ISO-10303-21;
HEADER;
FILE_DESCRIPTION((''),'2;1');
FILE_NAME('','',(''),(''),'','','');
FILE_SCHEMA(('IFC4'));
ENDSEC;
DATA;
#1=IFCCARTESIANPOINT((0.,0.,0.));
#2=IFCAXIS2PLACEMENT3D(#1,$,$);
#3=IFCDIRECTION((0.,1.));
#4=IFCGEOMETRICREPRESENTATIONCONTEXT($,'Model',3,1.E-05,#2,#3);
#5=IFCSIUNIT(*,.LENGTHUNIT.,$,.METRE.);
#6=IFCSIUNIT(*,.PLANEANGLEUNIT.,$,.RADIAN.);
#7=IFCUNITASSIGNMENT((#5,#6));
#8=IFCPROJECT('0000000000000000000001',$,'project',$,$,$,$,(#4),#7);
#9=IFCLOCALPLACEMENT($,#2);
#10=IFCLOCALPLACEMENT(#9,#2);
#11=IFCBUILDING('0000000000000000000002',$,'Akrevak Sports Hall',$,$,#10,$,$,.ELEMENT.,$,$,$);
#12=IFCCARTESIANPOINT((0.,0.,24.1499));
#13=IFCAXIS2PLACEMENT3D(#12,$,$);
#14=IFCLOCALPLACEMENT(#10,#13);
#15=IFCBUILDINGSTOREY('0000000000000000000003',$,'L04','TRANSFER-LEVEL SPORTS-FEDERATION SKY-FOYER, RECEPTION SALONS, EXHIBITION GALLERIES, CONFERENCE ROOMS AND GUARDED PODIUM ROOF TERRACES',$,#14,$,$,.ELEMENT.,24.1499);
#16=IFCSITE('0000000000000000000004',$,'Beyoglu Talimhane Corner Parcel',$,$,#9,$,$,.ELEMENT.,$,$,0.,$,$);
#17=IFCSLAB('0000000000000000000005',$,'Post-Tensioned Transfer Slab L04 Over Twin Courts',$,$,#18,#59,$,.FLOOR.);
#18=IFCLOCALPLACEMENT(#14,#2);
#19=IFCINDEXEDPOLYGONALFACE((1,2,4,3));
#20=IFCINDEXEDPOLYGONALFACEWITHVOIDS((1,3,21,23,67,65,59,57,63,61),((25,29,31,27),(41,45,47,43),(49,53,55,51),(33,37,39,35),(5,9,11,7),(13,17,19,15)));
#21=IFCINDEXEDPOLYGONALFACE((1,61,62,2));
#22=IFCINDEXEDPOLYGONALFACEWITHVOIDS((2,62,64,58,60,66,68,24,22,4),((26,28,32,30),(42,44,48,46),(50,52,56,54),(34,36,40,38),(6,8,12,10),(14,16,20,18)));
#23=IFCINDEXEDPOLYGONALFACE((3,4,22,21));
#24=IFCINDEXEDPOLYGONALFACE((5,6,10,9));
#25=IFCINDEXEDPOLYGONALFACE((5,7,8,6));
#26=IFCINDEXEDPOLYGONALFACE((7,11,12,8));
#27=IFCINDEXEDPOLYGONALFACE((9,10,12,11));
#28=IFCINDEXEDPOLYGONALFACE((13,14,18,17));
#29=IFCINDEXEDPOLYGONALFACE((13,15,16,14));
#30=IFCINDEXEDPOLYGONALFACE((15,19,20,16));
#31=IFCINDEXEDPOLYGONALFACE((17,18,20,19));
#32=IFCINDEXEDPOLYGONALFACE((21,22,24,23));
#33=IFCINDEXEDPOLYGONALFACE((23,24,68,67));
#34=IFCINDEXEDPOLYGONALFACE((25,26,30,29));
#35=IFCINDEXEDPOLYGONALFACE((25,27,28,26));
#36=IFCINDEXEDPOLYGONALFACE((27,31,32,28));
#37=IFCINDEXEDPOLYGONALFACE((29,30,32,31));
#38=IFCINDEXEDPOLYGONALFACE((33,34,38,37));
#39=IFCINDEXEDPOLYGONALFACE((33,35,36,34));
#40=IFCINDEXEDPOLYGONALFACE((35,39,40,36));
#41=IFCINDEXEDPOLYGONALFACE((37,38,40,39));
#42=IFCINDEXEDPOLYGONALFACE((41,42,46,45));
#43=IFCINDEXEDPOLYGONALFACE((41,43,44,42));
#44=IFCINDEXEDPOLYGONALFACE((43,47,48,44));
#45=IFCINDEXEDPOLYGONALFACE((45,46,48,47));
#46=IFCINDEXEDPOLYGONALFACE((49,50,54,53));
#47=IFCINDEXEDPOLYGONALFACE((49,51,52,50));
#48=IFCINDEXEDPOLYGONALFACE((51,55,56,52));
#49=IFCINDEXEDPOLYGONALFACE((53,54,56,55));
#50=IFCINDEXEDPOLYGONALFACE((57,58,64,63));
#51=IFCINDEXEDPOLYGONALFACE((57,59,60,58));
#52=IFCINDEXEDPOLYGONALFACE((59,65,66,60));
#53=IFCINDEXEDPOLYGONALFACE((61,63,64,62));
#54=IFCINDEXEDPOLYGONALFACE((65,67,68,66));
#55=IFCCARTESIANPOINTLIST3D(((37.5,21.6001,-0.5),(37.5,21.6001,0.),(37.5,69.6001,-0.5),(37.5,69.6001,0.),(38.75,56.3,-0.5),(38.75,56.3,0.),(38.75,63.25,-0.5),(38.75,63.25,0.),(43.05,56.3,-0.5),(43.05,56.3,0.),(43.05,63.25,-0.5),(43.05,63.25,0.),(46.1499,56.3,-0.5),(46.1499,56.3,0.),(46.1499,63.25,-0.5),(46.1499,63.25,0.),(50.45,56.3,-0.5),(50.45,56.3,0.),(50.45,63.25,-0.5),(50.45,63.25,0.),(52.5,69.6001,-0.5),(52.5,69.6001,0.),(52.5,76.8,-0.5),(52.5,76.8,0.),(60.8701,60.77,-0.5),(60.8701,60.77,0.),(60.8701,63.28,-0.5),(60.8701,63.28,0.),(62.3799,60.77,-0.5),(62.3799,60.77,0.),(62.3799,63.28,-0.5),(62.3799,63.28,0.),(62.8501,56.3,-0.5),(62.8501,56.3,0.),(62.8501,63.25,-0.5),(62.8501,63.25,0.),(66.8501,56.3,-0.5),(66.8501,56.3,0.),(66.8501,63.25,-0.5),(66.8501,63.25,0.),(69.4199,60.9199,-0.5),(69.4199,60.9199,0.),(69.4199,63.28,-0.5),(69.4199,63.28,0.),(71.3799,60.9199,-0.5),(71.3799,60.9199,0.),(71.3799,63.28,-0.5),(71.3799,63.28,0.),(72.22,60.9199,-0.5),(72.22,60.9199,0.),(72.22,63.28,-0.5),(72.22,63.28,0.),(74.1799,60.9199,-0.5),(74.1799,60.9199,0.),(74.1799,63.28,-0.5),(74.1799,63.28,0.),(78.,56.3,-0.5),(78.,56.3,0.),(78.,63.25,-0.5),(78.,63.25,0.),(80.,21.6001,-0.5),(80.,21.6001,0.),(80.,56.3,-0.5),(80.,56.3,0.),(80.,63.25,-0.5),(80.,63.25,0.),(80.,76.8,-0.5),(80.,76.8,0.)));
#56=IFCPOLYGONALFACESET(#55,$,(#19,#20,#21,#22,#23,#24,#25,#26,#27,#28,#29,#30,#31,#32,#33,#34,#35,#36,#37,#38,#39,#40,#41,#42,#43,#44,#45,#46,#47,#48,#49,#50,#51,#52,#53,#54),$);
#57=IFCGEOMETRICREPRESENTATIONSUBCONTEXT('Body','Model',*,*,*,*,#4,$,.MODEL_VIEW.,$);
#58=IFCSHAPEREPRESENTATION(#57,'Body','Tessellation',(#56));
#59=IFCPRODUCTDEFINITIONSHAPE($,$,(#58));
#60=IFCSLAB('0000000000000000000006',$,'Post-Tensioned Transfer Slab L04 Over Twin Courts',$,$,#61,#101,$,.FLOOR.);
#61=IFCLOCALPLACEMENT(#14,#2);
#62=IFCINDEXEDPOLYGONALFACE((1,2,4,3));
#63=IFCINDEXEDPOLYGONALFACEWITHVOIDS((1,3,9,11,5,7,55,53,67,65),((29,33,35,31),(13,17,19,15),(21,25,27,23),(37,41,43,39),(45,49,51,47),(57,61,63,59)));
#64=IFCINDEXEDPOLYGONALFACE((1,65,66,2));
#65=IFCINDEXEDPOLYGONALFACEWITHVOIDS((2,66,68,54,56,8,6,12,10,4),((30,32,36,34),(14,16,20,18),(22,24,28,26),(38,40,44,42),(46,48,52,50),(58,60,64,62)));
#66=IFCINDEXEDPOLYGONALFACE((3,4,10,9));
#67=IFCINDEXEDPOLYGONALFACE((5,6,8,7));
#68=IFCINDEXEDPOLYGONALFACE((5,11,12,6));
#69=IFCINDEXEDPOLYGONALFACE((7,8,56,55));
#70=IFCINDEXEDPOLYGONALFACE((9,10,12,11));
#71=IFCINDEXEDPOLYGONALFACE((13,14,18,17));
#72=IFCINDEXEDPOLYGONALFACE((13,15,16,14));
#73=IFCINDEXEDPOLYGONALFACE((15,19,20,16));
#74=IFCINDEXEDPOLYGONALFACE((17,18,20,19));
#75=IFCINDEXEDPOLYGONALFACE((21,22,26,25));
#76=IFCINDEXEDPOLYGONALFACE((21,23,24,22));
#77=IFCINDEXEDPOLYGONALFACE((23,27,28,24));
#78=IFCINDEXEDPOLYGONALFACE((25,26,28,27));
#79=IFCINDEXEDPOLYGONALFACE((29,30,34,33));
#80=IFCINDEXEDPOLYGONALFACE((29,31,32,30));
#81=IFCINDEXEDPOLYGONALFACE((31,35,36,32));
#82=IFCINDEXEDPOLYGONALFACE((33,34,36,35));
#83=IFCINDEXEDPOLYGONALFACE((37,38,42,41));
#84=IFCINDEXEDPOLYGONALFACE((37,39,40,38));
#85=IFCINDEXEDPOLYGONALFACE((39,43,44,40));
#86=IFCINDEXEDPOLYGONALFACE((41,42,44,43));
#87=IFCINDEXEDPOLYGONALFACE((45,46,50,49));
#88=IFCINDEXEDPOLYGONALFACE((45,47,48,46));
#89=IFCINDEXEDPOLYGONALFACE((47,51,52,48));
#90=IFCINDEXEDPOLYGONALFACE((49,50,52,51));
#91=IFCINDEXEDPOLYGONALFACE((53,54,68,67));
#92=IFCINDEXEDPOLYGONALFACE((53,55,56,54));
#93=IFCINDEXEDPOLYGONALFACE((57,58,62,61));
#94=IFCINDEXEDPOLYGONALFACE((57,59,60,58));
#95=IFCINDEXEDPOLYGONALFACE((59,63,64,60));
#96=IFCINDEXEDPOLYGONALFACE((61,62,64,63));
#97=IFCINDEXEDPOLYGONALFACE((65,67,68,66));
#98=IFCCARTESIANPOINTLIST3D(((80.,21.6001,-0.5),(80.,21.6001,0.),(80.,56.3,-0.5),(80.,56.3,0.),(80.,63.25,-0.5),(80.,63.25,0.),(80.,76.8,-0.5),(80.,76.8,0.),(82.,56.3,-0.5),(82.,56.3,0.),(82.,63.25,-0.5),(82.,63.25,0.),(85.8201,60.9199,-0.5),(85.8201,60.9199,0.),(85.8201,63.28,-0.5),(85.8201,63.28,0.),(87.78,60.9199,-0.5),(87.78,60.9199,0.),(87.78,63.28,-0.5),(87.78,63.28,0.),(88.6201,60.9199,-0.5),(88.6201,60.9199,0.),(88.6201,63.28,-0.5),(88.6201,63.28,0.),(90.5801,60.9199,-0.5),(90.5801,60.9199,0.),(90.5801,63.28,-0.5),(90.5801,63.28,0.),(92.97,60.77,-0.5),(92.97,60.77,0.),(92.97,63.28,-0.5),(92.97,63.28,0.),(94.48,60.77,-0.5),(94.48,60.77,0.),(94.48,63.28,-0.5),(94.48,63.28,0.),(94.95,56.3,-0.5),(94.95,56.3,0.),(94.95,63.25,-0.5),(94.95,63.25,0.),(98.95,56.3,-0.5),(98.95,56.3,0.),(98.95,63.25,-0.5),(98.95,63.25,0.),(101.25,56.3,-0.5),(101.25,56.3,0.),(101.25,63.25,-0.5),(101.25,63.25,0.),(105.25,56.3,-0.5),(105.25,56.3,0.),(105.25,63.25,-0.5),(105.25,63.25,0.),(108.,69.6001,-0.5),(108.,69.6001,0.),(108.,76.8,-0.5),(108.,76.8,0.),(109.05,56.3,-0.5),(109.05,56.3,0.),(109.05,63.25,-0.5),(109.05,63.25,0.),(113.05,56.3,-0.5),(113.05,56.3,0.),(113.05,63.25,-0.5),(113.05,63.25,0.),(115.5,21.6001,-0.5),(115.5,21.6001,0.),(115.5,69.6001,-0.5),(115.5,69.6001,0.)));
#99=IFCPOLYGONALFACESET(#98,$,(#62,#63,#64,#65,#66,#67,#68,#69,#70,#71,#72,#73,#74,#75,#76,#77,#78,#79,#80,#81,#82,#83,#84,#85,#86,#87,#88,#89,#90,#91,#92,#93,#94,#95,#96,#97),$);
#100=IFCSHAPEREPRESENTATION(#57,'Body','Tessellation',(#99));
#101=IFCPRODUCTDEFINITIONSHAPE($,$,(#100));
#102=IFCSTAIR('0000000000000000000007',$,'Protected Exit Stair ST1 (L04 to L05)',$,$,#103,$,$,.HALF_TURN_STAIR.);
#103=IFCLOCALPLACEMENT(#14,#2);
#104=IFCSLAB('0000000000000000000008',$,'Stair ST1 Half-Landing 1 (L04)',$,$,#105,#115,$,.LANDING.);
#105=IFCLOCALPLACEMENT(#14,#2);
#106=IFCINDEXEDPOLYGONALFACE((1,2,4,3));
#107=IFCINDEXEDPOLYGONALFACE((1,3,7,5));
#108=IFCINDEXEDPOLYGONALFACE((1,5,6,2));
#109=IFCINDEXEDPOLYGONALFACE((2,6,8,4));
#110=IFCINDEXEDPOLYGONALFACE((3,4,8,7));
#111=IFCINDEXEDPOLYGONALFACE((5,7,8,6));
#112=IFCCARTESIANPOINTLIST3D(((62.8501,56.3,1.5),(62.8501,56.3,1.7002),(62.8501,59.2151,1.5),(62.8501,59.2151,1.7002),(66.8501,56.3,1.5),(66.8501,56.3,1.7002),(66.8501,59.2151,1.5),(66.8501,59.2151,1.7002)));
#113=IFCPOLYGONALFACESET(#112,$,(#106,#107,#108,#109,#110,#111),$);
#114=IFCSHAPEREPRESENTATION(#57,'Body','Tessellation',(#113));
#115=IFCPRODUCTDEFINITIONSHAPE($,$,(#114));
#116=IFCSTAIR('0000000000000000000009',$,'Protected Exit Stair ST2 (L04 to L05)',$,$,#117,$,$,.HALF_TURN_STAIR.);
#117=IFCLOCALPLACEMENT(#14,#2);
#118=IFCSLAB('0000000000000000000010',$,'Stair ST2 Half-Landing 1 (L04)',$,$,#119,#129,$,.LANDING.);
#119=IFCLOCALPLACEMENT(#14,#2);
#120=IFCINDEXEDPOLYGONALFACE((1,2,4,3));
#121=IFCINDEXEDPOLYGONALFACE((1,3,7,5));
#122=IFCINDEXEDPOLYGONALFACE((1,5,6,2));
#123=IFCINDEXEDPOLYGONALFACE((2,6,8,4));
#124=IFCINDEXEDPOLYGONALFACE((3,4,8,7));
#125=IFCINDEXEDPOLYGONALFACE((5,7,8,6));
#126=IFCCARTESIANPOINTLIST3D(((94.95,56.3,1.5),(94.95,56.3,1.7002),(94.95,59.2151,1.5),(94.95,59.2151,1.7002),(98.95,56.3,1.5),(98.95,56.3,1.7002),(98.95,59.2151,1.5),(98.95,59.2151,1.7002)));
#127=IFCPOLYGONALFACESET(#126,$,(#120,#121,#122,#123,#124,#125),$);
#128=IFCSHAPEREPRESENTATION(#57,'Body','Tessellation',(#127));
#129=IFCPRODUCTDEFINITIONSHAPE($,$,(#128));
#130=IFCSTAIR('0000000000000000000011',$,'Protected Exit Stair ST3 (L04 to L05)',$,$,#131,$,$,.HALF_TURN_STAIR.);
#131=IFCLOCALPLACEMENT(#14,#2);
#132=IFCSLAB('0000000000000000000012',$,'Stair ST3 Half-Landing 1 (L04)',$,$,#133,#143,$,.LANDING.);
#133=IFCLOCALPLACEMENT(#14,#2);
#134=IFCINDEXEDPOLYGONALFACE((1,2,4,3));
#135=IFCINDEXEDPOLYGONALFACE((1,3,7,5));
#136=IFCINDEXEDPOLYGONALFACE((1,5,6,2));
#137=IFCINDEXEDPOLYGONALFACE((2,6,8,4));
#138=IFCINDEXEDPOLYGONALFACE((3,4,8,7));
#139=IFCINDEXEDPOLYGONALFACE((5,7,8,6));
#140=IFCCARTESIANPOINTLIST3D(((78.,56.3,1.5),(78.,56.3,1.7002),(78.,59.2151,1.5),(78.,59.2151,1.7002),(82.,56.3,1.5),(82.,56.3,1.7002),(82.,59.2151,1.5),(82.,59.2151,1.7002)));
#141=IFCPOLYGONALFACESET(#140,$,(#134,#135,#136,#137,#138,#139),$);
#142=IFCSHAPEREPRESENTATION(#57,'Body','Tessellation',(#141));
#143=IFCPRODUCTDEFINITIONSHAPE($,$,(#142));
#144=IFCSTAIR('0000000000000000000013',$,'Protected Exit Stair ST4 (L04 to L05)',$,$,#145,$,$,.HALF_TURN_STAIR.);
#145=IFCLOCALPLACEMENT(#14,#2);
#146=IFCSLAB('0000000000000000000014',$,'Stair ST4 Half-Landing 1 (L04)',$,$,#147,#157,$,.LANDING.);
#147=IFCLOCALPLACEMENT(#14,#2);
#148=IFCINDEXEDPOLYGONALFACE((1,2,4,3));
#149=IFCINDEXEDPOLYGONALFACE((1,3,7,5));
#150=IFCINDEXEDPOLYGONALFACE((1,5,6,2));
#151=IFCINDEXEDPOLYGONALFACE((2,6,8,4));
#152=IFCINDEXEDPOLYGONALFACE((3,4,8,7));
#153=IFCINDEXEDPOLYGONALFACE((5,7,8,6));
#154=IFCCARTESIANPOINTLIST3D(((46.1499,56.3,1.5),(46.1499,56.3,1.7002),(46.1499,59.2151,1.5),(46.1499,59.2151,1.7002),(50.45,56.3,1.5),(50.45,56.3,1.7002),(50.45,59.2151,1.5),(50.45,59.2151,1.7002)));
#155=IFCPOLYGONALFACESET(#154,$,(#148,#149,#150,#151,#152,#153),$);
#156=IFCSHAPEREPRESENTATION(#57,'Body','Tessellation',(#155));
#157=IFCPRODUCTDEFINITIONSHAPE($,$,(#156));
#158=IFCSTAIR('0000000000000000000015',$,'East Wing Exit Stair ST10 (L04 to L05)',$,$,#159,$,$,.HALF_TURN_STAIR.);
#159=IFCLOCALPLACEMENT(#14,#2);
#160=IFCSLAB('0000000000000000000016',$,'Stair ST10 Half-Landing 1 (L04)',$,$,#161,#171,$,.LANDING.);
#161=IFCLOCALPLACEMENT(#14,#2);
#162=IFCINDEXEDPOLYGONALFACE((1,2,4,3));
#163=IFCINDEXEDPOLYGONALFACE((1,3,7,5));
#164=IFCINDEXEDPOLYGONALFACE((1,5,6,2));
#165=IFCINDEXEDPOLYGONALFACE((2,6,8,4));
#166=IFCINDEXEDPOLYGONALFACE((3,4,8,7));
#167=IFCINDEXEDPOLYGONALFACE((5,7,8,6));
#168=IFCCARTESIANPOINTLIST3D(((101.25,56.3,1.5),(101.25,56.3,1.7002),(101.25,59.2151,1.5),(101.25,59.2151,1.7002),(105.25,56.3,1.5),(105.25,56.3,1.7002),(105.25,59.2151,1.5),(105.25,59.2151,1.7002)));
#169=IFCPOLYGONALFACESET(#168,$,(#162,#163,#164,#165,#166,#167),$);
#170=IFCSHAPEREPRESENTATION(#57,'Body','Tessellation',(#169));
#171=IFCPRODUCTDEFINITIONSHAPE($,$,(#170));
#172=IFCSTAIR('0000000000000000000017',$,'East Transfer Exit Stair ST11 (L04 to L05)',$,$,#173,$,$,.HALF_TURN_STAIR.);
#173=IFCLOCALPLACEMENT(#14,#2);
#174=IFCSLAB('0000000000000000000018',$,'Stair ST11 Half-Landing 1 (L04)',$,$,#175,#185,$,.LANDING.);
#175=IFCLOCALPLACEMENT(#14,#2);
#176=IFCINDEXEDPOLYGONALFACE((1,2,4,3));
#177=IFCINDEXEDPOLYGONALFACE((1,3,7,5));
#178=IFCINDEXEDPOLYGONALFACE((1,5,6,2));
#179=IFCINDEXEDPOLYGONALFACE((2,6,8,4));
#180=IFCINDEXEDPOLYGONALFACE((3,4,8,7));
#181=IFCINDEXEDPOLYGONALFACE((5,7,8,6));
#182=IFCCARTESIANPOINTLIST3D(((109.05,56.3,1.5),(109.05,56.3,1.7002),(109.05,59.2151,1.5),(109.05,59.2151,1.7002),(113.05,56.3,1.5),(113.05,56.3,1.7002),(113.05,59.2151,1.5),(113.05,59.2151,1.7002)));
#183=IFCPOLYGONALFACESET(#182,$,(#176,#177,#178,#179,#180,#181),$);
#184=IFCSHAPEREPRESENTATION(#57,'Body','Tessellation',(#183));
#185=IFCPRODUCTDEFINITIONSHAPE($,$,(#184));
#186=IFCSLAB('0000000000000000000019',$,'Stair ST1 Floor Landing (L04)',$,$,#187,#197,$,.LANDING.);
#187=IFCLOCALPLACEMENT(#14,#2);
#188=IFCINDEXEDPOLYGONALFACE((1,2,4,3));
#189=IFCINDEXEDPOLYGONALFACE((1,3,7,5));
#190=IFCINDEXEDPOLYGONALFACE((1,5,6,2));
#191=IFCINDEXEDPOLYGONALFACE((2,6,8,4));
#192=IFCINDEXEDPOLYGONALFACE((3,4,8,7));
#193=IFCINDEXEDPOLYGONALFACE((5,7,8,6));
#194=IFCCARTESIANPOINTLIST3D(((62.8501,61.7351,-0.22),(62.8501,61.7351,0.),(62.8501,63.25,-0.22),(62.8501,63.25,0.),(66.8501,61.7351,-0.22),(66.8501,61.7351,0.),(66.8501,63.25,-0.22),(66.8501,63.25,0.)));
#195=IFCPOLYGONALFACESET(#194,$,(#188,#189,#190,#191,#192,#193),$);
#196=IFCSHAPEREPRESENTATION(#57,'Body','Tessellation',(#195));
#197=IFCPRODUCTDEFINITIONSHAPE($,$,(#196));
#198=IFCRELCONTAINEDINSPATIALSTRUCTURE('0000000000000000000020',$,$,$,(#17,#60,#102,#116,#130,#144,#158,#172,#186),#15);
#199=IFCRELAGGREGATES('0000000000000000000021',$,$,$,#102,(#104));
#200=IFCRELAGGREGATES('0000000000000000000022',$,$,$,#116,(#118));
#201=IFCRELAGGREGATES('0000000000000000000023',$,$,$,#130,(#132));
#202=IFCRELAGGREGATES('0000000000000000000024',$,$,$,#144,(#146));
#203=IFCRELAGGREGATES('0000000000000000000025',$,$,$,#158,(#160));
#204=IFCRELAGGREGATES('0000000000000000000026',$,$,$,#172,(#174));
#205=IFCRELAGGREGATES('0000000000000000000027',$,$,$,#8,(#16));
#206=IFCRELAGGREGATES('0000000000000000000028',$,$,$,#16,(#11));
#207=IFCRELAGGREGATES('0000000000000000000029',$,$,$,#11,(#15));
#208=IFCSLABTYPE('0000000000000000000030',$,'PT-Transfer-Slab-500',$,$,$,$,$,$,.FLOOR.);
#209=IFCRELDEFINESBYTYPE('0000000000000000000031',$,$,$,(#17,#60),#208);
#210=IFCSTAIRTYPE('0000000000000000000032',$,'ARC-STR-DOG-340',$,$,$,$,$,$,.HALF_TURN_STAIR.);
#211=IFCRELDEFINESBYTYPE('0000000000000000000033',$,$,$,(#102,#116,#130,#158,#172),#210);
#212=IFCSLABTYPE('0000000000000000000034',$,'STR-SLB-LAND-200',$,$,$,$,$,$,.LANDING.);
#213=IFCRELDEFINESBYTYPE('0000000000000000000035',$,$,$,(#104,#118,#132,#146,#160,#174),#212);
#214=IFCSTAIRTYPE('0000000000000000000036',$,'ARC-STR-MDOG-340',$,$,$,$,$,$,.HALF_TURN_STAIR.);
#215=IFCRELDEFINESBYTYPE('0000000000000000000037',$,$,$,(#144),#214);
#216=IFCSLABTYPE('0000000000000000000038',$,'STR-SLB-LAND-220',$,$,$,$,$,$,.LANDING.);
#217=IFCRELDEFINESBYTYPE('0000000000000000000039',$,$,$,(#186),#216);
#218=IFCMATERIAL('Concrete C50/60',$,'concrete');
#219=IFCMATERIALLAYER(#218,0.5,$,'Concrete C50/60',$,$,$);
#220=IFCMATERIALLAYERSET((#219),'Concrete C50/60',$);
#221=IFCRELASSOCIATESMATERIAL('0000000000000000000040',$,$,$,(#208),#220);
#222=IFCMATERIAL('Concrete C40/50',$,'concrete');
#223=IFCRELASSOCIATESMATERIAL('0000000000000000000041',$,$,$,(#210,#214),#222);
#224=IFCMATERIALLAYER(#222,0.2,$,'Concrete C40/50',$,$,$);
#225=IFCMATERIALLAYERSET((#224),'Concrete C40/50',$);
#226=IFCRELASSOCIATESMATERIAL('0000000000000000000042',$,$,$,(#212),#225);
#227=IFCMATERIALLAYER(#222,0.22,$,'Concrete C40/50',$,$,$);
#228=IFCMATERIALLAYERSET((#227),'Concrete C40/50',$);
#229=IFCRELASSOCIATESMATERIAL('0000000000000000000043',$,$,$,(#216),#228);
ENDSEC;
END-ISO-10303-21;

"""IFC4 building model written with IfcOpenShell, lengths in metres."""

from ifc_helpers import new_model, si_unit, direction, frame, origin, place, context, subcontext, project, spatial, polyline, outline, extrude, material, layer, layer_set, type_object, element, aggregate, save


model = new_model("IFC4")

# Units and contexts
model_context = context("Model", 3, precision=1e-05, world=origin(), true_north=direction((0.0, 1.0)))
body_context = subcontext(model_context, "Body", "Model", "MODEL_VIEW")
ifc_project = project(units=[si_unit("LENGTHUNIT", "METRE"), si_unit("PLANEANGLEUNIT", "RADIAN")], contexts=[model_context])

# Site, building, storey
site_placement = place(None, origin())
site = spatial("IfcSite", under=ifc_project, at=site_placement, Name="Beyoglu Talimhane Corner Parcel", CompositionType="ELEMENT", RefElevation=0.0)
building_placement = place(site_placement, origin())
building = spatial("IfcBuilding", under=site, at=building_placement, Name="Akrevak Sports Hall", CompositionType="ELEMENT")
storey_placement = place(building_placement, frame((0.0, 0.0, 24.1499)))
storey = spatial("IfcBuildingStorey", under=building, at=storey_placement, Name="L04", Description="TRANSFER-LEVEL SPORTS-FEDERATION SKY-FOYER, RECEPTION SALONS, EXHIBITION GALLERIES, CONFERENCE ROOMS AND GUARDED PODIUM ROOF TERRACES", CompositionType="ELEMENT", Elevation=24.1499)

# Shared definitions
ifc_material_1 = material(Name="Concrete C50/60", Category="concrete")

# Shared definitions
ifc_material_2 = material(Name="Concrete C40/50", Category="concrete")

# Slabs
ifc_layer_1 = layer(ifc_material_1, 0.5, Name="Concrete C50/60")
ifc_layer_set_1 = layer_set([ifc_layer_1], Name="Concrete C50/60")
slab_type_1 = type_object("IfcSlabType", Name="PT-Transfer-Slab-500", PredefinedType="FLOOR", material=ifc_layer_set_1)
slab_1_placement = place(storey_placement, frame((0.0, 0.0, -0.5)))
element("IfcSlab", 1, at=slab_1_placement, inside=storey, type_object=slab_type_1, Name="Post-Tensioned Transfer Slab L04 Over Twin Courts", PredefinedType="FLOOR", context=body_context, shape_type="SweptSolid", body=[
    extrude(outline(polyline([(37.5, 69.6001), (37.5, 21.6001), (80.0, 21.6001), (80.0, 56.3), (78.0, 56.3), (78.0, 63.25), (80.0, 63.25), (80.0, 76.8), (52.5, 76.8), (52.5, 69.6001), (37.5, 69.6001)]), holes=[polyline([(38.75, 63.25), (43.05, 63.25), (43.05, 56.3), (38.75, 56.3), (38.75, 63.25)]), polyline([(50.45, 63.25), (50.45, 56.3), (46.1499, 56.3), (46.1499, 63.25), (50.45, 63.25)]), polyline([(66.8501, 63.25), (66.8501, 56.3), (62.8501, 56.3), (62.8501, 63.25), (66.8501, 63.25)]), polyline([(62.3799, 63.28), (62.3799, 60.77), (60.8701, 60.77), (60.8701, 63.28), (62.3799, 63.28)]), polyline([(71.3799, 63.28), (71.3799, 60.9199), (69.4199, 60.9199), (69.4199, 63.28), (71.3799, 63.28)]), polyline([(72.22, 63.28), (74.1799, 63.28), (74.1799, 60.9199), (72.22, 60.9199), (72.22, 63.28)])]), origin(), (0.0, 0.0, 1.0), 0.5),
])
slab_2_placement = place(storey_placement, frame((0.0, 0.0, -0.5)))
element("IfcSlab", 2, at=slab_2_placement, inside=storey, type_object=slab_type_1, Name="Post-Tensioned Transfer Slab L04 Over Twin Courts", PredefinedType="FLOOR", context=body_context, shape_type="SweptSolid", body=[
    extrude(outline(polyline([(80.0, 76.8), (80.0, 63.25), (82.0, 63.25), (82.0, 56.3), (80.0, 56.3), (80.0, 21.6001), (115.5, 21.6001), (115.5, 69.6001), (108.0, 69.6001), (108.0, 76.8), (80.0, 76.8)]), holes=[polyline([(98.95, 63.25), (98.95, 56.3), (94.95, 56.3), (94.95, 63.25), (98.95, 63.25)]), polyline([(105.25, 63.25), (105.25, 56.3), (101.25, 56.3), (101.25, 63.25), (105.25, 63.25)]), polyline([(113.05, 63.25), (113.05, 56.3), (109.05, 56.3), (109.05, 63.25), (113.05, 63.25)]), polyline([(94.48, 63.28), (94.48, 60.77), (92.97, 60.77), (92.97, 63.28), (94.48, 63.28)]), polyline([(87.78, 63.28), (87.78, 60.9199), (85.8201, 60.9199), (85.8201, 63.28), (87.78, 63.28)]), polyline([(90.5801, 63.28), (90.5801, 60.9199), (88.6201, 60.9199), (88.6201, 63.28), (90.5801, 63.28)])]), origin(), (0.0, 0.0, 1.0), 0.5),
])

# Stairs, slabs
stair_type_1 = type_object("IfcStairType", Name="ARC-STR-DOG-340", PredefinedType="HALF_TURN_STAIR", material=ifc_material_2)
stair_1_placement = place(storey_placement, origin())
stair_1 = element("IfcStair", 3, at=stair_1_placement, inside=storey, type_object=stair_type_1, Name="Protected Exit Stair ST1 (L04 to L05)", PredefinedType="HALF_TURN_STAIR")
ifc_layer_2 = layer(ifc_material_2, 0.2, Name="Concrete C40/50")
ifc_layer_set_2 = layer_set([ifc_layer_2], Name="Concrete C40/50")
slab_type_2 = type_object("IfcSlabType", Name="STR-SLB-LAND-200", PredefinedType="LANDING", material=ifc_layer_set_2)
slab_3_placement = place(storey_placement, frame((0.0, 0.0, 1.5)))
slab_3 = element("IfcSlab", 4, at=slab_3_placement, type_object=slab_type_2, Name="Stair ST1 Half-Landing 1 (L04)", PredefinedType="LANDING", context=body_context, shape_type="SweptSolid", body=[
    extrude(outline(polyline([(62.8501, 56.3), (66.8501, 56.3), (66.8501, 59.2151), (62.8501, 59.2151), (62.8501, 56.3)])), origin(), (0.0, 0.0, 1.0), 0.2002),
])
aggregate(stair_1, [slab_3])
stair_2_placement = place(storey_placement, origin())
stair_2 = element("IfcStair", 5, at=stair_2_placement, inside=storey, type_object=stair_type_1, Name="Protected Exit Stair ST2 (L04 to L05)", PredefinedType="HALF_TURN_STAIR")
slab_4_placement = place(storey_placement, frame((0.0, 0.0, 1.5)))
slab_4 = element("IfcSlab", 6, at=slab_4_placement, type_object=slab_type_2, Name="Stair ST2 Half-Landing 1 (L04)", PredefinedType="LANDING", context=body_context, shape_type="SweptSolid", body=[
    extrude(outline(polyline([(94.95, 56.3), (98.95, 56.3), (98.95, 59.2151), (94.95, 59.2151), (94.95, 56.3)])), origin(), (0.0, 0.0, 1.0), 0.2002),
])
aggregate(stair_2, [slab_4])
stair_3_placement = place(storey_placement, origin())
stair_3 = element("IfcStair", 7, at=stair_3_placement, inside=storey, type_object=stair_type_1, Name="Protected Exit Stair ST3 (L04 to L05)", PredefinedType="HALF_TURN_STAIR")
slab_5_placement = place(storey_placement, frame((0.0, 0.0, 1.5)))
slab_5 = element("IfcSlab", 8, at=slab_5_placement, type_object=slab_type_2, Name="Stair ST3 Half-Landing 1 (L04)", PredefinedType="LANDING", context=body_context, shape_type="SweptSolid", body=[
    extrude(outline(polyline([(78.0, 56.3), (82.0, 56.3), (82.0, 59.2151), (78.0, 59.2151), (78.0, 56.3)])), origin(), (0.0, 0.0, 1.0), 0.2002),
])
aggregate(stair_3, [slab_5])
stair_type_2 = type_object("IfcStairType", Name="ARC-STR-MDOG-340", PredefinedType="HALF_TURN_STAIR", material=ifc_material_2)
stair_4_placement = place(storey_placement, origin())
stair_4 = element("IfcStair", 9, at=stair_4_placement, inside=storey, type_object=stair_type_2, Name="Protected Exit Stair ST4 (L04 to L05)", PredefinedType="HALF_TURN_STAIR")
slab_6_placement = place(storey_placement, frame((0.0, 0.0, 1.5)))
slab_6 = element("IfcSlab", 10, at=slab_6_placement, type_object=slab_type_2, Name="Stair ST4 Half-Landing 1 (L04)", PredefinedType="LANDING", context=body_context, shape_type="SweptSolid", body=[
    extrude(outline(polyline([(46.1499, 56.3), (50.45, 56.3), (50.45, 59.2151), (46.1499, 59.2151), (46.1499, 56.3)])), origin(), (0.0, 0.0, 1.0), 0.2002),
])
aggregate(stair_4, [slab_6])
stair_5_placement = place(storey_placement, origin())
stair_5 = element("IfcStair", 11, at=stair_5_placement, inside=storey, type_object=stair_type_1, Name="East Wing Exit Stair ST10 (L04 to L05)", PredefinedType="HALF_TURN_STAIR")
slab_7_placement = place(storey_placement, frame((0.0, 0.0, 1.5)))
slab_7 = element("IfcSlab", 12, at=slab_7_placement, type_object=slab_type_2, Name="Stair ST10 Half-Landing 1 (L04)", PredefinedType="LANDING", context=body_context, shape_type="SweptSolid", body=[
    extrude(outline(polyline([(101.25, 56.3), (105.25, 56.3), (105.25, 59.2151), (101.25, 59.2151), (101.25, 56.3)])), origin(), (0.0, 0.0, 1.0), 0.2002),
])
aggregate(stair_5, [slab_7])
stair_6_placement = place(storey_placement, origin())
stair_6 = element("IfcStair", 13, at=stair_6_placement, inside=storey, type_object=stair_type_1, Name="East Transfer Exit Stair ST11 (L04 to L05)", PredefinedType="HALF_TURN_STAIR")
slab_8_placement = place(storey_placement, frame((0.0, 0.0, 1.5)))
slab_8 = element("IfcSlab", 14, at=slab_8_placement, type_object=slab_type_2, Name="Stair ST11 Half-Landing 1 (L04)", PredefinedType="LANDING", context=body_context, shape_type="SweptSolid", body=[
    extrude(outline(polyline([(109.05, 56.3), (113.05, 56.3), (113.05, 59.2151), (109.05, 59.2151), (109.05, 56.3)])), origin(), (0.0, 0.0, 1.0), 0.2002),
])
aggregate(stair_6, [slab_8])

# Slab
ifc_layer_3 = layer(ifc_material_2, 0.22, Name="Concrete C40/50")
ifc_layer_set_3 = layer_set([ifc_layer_3], Name="Concrete C40/50")
slab_type_3 = type_object("IfcSlabType", Name="STR-SLB-LAND-220", PredefinedType="LANDING", material=ifc_layer_set_3)
slab_9_placement = place(storey_placement, frame((0.0, 0.0, -0.22)))
element("IfcSlab", 15, at=slab_9_placement, inside=storey, type_object=slab_type_3, Name="Stair ST1 Floor Landing (L04)", PredefinedType="LANDING", context=body_context, shape_type="SweptSolid", body=[
    extrude(outline(polyline([(62.8501, 61.7351), (66.8501, 61.7351), (66.8501, 63.25), (62.8501, 63.25), (62.8501, 61.7351)])), origin(), (0.0, 0.0, 1.0), 0.22),
])

save(model, "model.ifc")
